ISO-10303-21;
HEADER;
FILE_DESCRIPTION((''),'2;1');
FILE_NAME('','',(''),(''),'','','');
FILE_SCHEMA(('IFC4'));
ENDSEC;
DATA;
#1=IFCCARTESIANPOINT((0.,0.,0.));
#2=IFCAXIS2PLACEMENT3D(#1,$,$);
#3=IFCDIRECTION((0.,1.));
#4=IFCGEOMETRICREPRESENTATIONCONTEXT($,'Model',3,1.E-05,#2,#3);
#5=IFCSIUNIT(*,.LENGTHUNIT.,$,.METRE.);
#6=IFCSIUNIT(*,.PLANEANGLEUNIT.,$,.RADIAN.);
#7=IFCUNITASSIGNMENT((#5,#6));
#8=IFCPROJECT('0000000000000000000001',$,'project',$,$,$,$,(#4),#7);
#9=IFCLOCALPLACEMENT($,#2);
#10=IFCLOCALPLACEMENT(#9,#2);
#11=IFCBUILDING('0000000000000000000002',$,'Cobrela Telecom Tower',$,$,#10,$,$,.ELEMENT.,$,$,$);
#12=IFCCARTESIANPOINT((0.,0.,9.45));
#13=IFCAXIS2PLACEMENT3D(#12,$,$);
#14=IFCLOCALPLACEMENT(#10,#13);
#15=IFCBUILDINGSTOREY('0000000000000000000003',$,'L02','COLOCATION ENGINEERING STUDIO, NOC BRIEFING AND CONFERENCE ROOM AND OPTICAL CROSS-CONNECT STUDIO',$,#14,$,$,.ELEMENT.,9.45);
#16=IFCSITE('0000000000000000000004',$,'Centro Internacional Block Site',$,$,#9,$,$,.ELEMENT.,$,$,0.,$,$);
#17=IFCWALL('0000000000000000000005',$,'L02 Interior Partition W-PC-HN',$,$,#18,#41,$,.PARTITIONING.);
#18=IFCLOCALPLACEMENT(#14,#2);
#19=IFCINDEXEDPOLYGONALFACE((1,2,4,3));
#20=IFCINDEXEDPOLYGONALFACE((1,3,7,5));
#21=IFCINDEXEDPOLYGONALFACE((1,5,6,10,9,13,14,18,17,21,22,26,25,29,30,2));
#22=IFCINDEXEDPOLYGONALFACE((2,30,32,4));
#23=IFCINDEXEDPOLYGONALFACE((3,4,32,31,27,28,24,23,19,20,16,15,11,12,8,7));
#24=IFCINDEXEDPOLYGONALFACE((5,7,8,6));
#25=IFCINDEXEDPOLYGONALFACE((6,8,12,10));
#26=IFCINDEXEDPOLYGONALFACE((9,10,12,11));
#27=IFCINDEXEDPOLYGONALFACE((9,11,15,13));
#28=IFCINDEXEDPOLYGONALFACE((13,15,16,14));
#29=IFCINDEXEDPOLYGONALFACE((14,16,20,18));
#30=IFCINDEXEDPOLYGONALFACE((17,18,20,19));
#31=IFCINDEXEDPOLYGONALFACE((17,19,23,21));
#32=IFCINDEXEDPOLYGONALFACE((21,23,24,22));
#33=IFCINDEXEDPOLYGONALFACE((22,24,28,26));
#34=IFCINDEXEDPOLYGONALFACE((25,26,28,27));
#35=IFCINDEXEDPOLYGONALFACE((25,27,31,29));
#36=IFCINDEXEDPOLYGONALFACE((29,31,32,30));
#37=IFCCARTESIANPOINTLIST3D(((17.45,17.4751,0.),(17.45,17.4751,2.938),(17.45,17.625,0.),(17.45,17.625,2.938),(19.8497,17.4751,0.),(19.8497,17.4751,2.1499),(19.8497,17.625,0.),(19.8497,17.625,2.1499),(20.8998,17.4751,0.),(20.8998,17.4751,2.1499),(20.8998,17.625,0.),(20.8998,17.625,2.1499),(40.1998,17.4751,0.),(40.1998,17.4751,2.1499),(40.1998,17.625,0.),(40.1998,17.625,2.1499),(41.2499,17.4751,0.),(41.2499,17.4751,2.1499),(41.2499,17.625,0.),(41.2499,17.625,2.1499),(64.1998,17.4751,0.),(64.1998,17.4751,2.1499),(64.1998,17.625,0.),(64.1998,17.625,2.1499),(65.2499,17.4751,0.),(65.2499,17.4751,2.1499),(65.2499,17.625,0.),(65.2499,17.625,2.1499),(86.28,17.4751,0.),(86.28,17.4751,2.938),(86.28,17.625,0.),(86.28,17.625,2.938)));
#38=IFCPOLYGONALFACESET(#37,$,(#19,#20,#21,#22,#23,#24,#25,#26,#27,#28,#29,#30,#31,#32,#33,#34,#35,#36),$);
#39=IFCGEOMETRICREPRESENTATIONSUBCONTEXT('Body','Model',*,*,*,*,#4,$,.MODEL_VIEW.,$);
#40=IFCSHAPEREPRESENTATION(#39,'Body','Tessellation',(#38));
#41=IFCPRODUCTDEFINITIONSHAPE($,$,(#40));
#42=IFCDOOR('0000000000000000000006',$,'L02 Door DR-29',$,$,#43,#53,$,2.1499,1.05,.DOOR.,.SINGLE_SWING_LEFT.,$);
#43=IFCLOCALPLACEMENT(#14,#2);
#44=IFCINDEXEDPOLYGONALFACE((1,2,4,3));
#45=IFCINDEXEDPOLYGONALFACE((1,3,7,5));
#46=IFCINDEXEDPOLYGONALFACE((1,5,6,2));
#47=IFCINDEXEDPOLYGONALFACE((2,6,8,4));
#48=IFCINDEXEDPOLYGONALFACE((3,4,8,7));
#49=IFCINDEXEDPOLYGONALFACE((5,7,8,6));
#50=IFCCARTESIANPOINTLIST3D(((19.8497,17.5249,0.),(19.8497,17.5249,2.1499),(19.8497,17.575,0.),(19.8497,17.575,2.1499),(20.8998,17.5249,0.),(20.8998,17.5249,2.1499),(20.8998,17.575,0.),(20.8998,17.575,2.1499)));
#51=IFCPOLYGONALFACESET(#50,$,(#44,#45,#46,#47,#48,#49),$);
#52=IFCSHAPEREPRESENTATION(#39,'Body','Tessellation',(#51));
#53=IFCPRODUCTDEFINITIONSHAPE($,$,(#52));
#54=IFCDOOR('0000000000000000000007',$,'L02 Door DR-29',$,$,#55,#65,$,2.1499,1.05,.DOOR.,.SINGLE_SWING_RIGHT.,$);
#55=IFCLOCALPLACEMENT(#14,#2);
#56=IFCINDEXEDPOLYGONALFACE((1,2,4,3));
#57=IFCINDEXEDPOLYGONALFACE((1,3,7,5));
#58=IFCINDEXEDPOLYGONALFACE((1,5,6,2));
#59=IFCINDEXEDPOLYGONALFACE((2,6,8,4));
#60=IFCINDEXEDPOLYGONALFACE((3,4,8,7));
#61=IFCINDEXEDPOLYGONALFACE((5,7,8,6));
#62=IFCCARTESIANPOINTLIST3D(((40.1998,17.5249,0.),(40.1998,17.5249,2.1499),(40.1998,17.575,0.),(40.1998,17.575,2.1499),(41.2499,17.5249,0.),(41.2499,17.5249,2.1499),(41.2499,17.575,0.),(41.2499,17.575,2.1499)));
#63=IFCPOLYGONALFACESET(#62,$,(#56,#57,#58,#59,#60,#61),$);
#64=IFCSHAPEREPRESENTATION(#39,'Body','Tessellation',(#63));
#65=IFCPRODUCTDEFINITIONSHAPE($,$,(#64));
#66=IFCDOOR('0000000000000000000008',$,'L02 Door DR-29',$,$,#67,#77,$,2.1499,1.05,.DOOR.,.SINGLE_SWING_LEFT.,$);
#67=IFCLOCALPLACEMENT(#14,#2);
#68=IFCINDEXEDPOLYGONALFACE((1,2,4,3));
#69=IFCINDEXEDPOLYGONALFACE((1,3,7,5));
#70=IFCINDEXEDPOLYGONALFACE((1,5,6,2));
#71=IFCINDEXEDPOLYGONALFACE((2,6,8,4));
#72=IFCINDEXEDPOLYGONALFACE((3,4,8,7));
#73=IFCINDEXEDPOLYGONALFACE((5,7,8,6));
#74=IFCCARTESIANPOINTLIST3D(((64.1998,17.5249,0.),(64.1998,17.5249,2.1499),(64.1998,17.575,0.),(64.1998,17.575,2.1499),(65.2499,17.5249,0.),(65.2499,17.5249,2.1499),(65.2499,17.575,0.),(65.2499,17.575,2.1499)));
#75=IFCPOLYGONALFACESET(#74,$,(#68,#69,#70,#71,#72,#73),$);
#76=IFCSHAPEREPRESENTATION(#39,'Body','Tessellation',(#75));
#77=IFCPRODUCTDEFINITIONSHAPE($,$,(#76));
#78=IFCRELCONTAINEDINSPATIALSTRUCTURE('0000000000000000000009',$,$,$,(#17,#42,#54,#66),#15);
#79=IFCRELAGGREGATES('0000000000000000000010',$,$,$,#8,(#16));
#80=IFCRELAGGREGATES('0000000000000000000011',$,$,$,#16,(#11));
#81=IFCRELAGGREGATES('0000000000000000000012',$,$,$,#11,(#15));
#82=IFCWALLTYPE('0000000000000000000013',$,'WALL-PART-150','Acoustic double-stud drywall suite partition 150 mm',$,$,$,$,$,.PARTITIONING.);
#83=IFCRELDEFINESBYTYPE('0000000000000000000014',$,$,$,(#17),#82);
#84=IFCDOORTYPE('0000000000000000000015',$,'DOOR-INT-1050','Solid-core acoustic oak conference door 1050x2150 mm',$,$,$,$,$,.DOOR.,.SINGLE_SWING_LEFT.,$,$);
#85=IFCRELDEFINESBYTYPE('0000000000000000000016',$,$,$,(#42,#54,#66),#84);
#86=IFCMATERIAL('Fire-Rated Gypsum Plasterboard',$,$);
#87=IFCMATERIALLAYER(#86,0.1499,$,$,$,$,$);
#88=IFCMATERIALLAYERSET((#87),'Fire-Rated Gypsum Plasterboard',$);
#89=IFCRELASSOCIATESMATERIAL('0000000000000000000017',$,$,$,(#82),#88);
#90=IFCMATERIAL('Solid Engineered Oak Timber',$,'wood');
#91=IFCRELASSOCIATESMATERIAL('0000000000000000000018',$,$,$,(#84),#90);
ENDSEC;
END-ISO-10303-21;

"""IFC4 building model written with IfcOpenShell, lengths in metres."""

from ifc_helpers import new_model, si_unit, direction, frame, frame_2d, origin, place, context, subcontext, project, spatial, rectangle, extrude, material, layer, layer_set, type_object, element, fill, save


model = new_model("IFC4")

# Units and contexts
model_context = context("Model", 3, precision=1e-05, world=origin(), true_north=direction((0.0, 1.0)))
body_context = subcontext(model_context, "Body", "Model", "MODEL_VIEW")
ifc_project = project(units=[si_unit("LENGTHUNIT", "METRE"), si_unit("PLANEANGLEUNIT", "RADIAN")], contexts=[model_context])

# Site, building, storey
site_placement = place(None, origin())
site = spatial("IfcSite", under=ifc_project, at=site_placement, Name="Centro Internacional Block Site", CompositionType="ELEMENT", RefElevation=0.0)
building_placement = place(site_placement, origin())
building = spatial("IfcBuilding", under=site, at=building_placement, Name="Cobrela Telecom Tower", CompositionType="ELEMENT")
storey_placement = place(building_placement, frame((0.0, 0.0, 9.45)))
storey = spatial("IfcBuildingStorey", under=building, at=storey_placement, Name="L02", Description="COLOCATION ENGINEERING STUDIO, NOC BRIEFING AND CONFERENCE ROOM AND OPTICAL CROSS-CONNECT STUDIO", CompositionType="ELEMENT", Elevation=9.45)

# Shared definitions
ifc_material_1 = material(Name="Fire-Rated Gypsum Plasterboard")
ifc_layer = layer(ifc_material_1, 0.1499)
ifc_layer_set = layer_set([ifc_layer], Name="Fire-Rated Gypsum Plasterboard")
wall_type = type_object("IfcWallType", Name="WALL-PART-150", Description="Acoustic double-stud drywall suite partition 150 mm", PredefinedType="PARTITIONING", material=ifc_layer_set)
ifc_material_2 = material(Name="Solid Engineered Oak Timber", Category="wood")

# Wall, openings, doors
door_type_1 = type_object("IfcDoorType", Name="DOOR-INT-1050", Description="Solid-core acoustic oak conference door 1050x2150 mm", OperationType="SINGLE_SWING_LEFT", PredefinedType="DOOR", material=ifc_material_2)
wall_1_placement = place(storey_placement, frame((17.45, 17.55, 0.0), z_axis=(0.0, 0.0, 1.0), x_axis=(1.0, 0.0, 0.0)))
wall_1 = element("IfcWall", 1, at=wall_1_placement, inside=storey, type_object=wall_type, Name="L02 Interior Partition W-PC-HN", PredefinedType="PARTITIONING", context=body_context, shape_type="SweptSolid", body=[
    extrude(rectangle(XDim=68.8301, YDim=0.1499, at=frame_2d((34.415, 0.0))), origin(), (0.0, 0.0, 1.0), 2.938),
])
opening_1_placement = place(wall_1_placement, frame((2.3999, 0.0, 0.0)))
opening_1 = element("IfcOpeningElement", 2, at=opening_1_placement, cuts=wall_1, PredefinedType="OPENING", context=body_context, shape_type="SweptSolid", body=[
    extrude(rectangle(XDim=1.05, YDim=2.1499, at=frame_2d((0.5249, 1.075))), frame((0.0, 0.0869, 0.0), z_axis=(0.0, -1.0, 0.0), x_axis=(1.0, 0.0, 0.0)), (0.0, 0.0, 1.0), 0.1738),
])
opening_2_placement = place(wall_1_placement, frame((22.75, 0.0, 0.0)))
opening_2 = element("IfcOpeningElement", 3, at=opening_2_placement, cuts=wall_1, PredefinedType="OPENING", context=body_context, shape_type="SweptSolid", body=[
    extrude(rectangle(XDim=1.05, YDim=2.1499, at=frame_2d((0.5249, 1.075))), frame((0.0, 0.0869, 0.0), z_axis=(0.0, -1.0, 0.0), x_axis=(1.0, 0.0, 0.0)), (0.0, 0.0, 1.0), 0.1738),
])
opening_3_placement = place(wall_1_placement, frame((46.75, 0.0, 0.0)))
opening_3 = element("IfcOpeningElement", 4, at=opening_3_placement, cuts=wall_1, PredefinedType="OPENING", context=body_context, shape_type="SweptSolid", body=[
    extrude(rectangle(XDim=1.05, YDim=2.1499, at=frame_2d((0.5249, 1.075))), frame((0.0, 0.0869, 0.0), z_axis=(0.0, -1.0, 0.0), x_axis=(1.0, 0.0, 0.0)), (0.0, 0.0, 1.0), 0.1738),
])
door_1_placement = place(opening_1_placement, origin())
door_1 = element("IfcDoor", 5, at=door_1_placement, inside=storey, type_object=door_type_1, Name="L02 Door DR-29", OperationType="SINGLE_SWING_LEFT", OverallHeight=2.1499, OverallWidth=1.05, PredefinedType="DOOR", context=body_context, shape_type="SweptSolid", body=[
    extrude(rectangle(XDim=1.05, YDim=2.1499, at=frame_2d((0.5249, 1.075))), frame((0.0, 0.0249, 0.0), z_axis=(0.0, -1.0, 0.0), x_axis=(1.0, 0.0, 0.0)), (0.0, 0.0, 1.0), 0.05),
])
fill(opening_1, door_1)
door_2_placement = place(opening_2_placement, origin())
door_2 = element("IfcDoor", 6, at=door_2_placement, inside=storey, type_object=door_type_1, Name="L02 Door DR-29", OperationType="SINGLE_SWING_RIGHT", OverallHeight=2.1499, OverallWidth=1.05, PredefinedType="DOOR", context=body_context, shape_type="SweptSolid", body=[
    extrude(rectangle(XDim=1.05, YDim=2.1499, at=frame_2d((0.5249, 1.075))), frame((0.0, 0.0249, 0.0), z_axis=(0.0, -1.0, 0.0), x_axis=(1.0, 0.0, 0.0)), (0.0, 0.0, 1.0), 0.05),
])
fill(opening_2, door_2)
door_3_placement = place(opening_3_placement, origin())
door_3 = element("IfcDoor", 7, at=door_3_placement, inside=storey, type_object=door_type_1, Name="L02 Door DR-29", OperationType="SINGLE_SWING_LEFT", OverallHeight=2.1499, OverallWidth=1.05, PredefinedType="DOOR", context=body_context, shape_type="SweptSolid", body=[
    extrude(rectangle(XDim=1.05, YDim=2.1499, at=frame_2d((0.5249, 1.075))), frame((0.0, 0.0249, 0.0), z_axis=(0.0, -1.0, 0.0), x_axis=(1.0, 0.0, 0.0)), (0.0, 0.0, 1.0), 0.05),
])
fill(opening_3, door_3)

save(model, "model.ifc")
